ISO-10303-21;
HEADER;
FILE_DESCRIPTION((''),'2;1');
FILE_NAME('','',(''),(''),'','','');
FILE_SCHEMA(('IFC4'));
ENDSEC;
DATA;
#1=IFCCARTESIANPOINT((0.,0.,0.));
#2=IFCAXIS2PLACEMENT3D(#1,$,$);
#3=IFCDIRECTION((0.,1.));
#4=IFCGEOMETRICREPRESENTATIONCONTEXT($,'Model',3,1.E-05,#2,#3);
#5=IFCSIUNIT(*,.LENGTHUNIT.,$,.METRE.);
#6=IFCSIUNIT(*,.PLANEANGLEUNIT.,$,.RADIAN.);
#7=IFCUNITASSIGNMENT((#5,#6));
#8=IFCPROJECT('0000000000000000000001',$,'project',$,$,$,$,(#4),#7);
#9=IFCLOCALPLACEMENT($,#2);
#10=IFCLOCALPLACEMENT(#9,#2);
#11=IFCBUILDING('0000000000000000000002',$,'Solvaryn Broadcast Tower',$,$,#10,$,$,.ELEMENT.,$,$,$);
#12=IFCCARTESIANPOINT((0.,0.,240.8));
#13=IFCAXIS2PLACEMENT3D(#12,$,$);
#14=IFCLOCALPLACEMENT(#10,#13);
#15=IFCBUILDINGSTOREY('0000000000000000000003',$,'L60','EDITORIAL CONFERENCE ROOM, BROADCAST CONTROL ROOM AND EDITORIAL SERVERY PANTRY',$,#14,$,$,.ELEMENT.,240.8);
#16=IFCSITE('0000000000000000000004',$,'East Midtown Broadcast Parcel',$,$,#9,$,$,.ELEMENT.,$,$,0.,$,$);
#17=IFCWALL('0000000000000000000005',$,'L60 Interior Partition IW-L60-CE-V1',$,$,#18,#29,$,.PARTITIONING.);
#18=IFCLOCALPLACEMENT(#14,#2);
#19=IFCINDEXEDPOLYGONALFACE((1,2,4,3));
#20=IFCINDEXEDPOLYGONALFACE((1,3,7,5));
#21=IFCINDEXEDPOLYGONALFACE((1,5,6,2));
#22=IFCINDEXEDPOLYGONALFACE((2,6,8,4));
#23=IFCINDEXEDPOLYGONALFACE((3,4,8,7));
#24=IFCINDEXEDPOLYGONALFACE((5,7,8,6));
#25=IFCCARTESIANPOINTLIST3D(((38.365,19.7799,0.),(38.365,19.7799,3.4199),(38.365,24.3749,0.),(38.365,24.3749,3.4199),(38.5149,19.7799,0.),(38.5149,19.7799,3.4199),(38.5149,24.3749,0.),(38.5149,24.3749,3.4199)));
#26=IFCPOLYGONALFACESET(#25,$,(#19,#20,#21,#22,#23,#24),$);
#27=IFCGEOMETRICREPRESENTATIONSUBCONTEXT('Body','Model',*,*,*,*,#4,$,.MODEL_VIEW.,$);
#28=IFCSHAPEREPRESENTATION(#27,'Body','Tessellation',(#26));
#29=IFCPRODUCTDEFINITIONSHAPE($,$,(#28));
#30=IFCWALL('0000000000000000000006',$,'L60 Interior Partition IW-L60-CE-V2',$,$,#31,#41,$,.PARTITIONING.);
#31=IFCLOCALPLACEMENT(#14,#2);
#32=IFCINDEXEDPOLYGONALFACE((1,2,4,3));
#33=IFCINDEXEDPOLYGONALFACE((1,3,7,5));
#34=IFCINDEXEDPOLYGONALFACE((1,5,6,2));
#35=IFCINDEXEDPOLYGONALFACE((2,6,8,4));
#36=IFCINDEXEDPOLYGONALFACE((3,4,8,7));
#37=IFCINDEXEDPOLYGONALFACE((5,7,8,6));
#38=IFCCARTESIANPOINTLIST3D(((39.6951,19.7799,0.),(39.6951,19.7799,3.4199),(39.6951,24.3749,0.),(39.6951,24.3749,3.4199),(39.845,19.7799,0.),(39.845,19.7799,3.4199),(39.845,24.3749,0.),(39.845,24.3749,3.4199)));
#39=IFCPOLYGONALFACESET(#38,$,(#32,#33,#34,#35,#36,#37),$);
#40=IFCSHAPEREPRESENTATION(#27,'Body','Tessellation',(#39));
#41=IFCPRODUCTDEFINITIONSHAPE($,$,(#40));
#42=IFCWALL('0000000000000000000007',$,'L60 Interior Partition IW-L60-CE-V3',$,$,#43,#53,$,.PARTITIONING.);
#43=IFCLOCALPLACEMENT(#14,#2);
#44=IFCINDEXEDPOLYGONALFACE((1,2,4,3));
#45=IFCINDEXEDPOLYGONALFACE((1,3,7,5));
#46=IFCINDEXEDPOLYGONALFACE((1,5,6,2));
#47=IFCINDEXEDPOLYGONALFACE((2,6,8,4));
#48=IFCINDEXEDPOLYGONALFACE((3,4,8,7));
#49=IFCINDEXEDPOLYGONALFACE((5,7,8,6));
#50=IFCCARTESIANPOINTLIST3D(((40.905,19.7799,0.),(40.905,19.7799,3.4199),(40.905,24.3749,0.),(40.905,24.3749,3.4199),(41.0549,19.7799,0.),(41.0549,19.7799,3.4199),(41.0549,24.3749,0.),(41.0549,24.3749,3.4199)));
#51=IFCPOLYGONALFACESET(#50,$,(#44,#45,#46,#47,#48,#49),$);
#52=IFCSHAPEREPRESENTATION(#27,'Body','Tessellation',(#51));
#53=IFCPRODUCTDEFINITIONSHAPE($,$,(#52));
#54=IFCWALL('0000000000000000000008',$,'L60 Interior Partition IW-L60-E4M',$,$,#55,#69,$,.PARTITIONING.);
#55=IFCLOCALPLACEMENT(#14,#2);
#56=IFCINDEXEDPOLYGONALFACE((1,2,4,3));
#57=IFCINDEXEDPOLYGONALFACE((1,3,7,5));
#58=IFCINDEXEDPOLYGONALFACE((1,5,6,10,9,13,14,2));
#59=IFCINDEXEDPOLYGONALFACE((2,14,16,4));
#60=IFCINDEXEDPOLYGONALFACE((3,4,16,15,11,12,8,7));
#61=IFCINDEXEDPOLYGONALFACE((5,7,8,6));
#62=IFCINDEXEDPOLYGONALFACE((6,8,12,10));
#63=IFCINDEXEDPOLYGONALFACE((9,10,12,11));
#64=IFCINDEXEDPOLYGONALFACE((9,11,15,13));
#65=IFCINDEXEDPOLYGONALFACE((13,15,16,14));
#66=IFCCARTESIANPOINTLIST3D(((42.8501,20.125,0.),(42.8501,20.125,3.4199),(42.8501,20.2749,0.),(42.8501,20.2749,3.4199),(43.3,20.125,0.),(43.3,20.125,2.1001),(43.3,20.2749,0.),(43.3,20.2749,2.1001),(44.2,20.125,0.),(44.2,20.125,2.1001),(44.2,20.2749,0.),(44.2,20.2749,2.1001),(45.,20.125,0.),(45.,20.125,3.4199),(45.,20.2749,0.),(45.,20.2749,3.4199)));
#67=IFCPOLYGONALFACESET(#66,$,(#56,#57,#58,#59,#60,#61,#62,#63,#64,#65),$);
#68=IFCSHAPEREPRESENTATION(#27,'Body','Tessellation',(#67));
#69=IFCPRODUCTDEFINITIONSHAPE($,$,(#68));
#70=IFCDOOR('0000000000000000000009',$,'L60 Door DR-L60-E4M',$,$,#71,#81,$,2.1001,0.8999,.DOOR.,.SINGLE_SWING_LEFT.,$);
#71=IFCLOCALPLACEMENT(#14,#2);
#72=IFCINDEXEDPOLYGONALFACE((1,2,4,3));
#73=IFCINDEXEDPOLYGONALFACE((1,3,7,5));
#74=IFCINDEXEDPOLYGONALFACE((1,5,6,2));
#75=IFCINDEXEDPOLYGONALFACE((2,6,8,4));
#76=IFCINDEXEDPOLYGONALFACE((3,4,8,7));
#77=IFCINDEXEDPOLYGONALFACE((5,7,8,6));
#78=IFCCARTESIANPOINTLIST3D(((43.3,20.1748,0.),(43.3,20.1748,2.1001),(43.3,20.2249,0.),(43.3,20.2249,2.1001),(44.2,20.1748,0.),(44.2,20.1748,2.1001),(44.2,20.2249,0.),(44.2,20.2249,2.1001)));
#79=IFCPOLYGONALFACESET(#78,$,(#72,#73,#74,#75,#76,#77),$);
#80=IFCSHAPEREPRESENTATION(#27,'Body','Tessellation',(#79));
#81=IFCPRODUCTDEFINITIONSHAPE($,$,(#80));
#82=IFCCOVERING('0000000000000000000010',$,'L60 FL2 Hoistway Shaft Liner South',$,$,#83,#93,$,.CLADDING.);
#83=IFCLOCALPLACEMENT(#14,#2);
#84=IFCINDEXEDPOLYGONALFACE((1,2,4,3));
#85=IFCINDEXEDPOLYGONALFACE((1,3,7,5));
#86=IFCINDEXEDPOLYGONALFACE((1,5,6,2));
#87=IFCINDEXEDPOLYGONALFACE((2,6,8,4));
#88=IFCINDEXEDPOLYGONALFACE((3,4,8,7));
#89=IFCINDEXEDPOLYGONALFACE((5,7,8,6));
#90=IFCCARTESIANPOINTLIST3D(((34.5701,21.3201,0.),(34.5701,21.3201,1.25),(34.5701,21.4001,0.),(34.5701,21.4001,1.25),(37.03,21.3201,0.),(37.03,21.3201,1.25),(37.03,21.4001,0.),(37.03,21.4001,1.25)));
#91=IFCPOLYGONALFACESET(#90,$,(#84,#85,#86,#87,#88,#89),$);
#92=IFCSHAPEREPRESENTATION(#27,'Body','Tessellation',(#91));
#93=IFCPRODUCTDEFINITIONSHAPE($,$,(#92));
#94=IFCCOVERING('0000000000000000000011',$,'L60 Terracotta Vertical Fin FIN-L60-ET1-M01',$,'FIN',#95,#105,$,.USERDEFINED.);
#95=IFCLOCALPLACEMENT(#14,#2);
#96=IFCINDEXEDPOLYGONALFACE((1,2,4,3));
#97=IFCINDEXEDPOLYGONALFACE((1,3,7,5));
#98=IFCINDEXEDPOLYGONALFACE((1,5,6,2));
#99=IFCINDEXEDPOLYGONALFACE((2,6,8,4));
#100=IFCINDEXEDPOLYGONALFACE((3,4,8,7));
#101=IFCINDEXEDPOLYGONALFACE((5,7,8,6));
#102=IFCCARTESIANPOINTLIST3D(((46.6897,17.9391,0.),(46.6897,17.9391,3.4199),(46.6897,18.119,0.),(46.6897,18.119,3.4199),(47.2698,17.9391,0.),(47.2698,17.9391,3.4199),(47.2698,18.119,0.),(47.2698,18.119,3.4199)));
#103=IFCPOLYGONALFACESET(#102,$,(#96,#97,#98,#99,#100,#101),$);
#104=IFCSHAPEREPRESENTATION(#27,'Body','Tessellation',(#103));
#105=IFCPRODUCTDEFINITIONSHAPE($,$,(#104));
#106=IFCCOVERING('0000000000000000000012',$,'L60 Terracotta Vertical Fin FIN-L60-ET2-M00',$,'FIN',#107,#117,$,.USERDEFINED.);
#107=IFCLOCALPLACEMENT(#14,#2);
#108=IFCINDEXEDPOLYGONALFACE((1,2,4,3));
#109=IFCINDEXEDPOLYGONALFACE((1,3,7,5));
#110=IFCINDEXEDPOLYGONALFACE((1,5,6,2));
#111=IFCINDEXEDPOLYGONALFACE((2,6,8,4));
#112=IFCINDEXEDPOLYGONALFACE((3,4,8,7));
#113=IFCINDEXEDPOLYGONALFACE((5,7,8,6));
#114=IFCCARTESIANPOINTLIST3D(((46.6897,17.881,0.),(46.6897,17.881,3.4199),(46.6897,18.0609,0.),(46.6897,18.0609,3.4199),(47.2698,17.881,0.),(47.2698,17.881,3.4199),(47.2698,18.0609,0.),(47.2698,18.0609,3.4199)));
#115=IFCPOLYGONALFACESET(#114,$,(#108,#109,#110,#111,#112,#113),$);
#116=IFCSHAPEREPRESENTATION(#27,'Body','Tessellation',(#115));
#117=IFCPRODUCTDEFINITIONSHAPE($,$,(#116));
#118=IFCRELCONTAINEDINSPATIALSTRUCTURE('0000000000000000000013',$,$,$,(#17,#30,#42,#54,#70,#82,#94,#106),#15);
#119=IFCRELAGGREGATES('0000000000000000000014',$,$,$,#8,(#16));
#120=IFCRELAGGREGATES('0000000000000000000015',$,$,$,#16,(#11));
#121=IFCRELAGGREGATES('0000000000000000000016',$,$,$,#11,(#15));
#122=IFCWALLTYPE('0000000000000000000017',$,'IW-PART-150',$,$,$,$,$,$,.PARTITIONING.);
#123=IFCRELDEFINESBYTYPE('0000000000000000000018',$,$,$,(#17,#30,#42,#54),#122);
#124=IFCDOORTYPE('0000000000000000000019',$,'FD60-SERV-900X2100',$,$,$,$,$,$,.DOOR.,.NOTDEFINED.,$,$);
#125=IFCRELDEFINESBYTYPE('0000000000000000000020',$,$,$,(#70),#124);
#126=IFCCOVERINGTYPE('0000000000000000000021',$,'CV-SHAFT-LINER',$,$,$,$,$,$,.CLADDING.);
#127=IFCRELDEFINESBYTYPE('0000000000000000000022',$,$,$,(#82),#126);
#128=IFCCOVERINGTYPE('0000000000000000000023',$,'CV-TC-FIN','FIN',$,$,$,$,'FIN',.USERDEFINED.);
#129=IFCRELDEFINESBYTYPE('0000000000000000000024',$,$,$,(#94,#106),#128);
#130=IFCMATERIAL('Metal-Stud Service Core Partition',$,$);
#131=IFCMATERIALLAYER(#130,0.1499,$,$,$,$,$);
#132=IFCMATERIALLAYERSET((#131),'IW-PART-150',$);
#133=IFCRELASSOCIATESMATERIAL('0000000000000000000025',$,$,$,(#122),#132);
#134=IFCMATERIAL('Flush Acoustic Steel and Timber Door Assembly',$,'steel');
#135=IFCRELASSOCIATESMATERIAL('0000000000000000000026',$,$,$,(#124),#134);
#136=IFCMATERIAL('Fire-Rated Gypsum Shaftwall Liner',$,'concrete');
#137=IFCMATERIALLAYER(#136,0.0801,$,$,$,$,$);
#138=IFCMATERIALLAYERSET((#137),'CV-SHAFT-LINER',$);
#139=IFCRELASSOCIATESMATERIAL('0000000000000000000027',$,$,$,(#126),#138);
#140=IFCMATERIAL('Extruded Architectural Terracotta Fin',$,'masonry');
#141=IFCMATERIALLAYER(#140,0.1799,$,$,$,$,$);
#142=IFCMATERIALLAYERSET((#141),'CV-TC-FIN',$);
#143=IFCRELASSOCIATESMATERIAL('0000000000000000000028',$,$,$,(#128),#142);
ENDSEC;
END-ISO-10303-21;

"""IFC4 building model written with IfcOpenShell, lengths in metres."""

from ifc_helpers import new_model, si_unit, direction, frame, frame_2d, origin, origin_2d, place, context, subcontext, project, spatial, rectangle, extrude, material, layer, layer_set, type_object, element, fill, save


model = new_model("IFC4")

# Units and contexts
model_context = context("Model", 3, precision=1e-05, world=origin(), true_north=direction((0.0, 1.0)))
body_context = subcontext(model_context, "Body", "Model", "MODEL_VIEW")
ifc_project = project(units=[si_unit("LENGTHUNIT", "METRE"), si_unit("PLANEANGLEUNIT", "RADIAN")], contexts=[model_context])

# Site, building, storey
site_placement = place(None, origin())
site = spatial("IfcSite", under=ifc_project, at=site_placement, Name="East Midtown Broadcast Parcel", CompositionType="ELEMENT", RefElevation=0.0)
building_placement = place(site_placement, origin())
building = spatial("IfcBuilding", under=site, at=building_placement, Name="Solvaryn Broadcast Tower", CompositionType="ELEMENT")
storey_placement = place(building_placement, frame((0.0, 0.0, 240.8)))
storey = spatial("IfcBuildingStorey", under=building, at=storey_placement, Name="L60", Description="EDITORIAL CONFERENCE ROOM, BROADCAST CONTROL ROOM AND EDITORIAL SERVERY PANTRY", CompositionType="ELEMENT", Elevation=240.8)

# Walls
ifc_material_1 = material(Name="Metal-Stud Service Core Partition")
ifc_layer_1 = layer(ifc_material_1, 0.1499)
ifc_layer_set_1 = layer_set([ifc_layer_1], Name="IW-PART-150")
wall_type_1 = type_object("IfcWallType", Name="IW-PART-150", PredefinedType="PARTITIONING", material=ifc_layer_set_1)
for number, where, z_axis, x_axis, name in (
    (1, (38.4399, 19.78, 0.0), (0.0, 0.0, 1.0), (0.0, 1.0, 0.0), "L60 Interior Partition IW-L60-CE-V1"),
    (2, (39.77, 19.78, 0.0), (0.0, 0.0, 1.0), (0.0, 1.0, 0.0), "L60 Interior Partition IW-L60-CE-V2"),
    (3, (40.98, 19.78, 0.0), (0.0, 0.0, 1.0), (0.0, 1.0, 0.0), "L60 Interior Partition IW-L60-CE-V3"),
):
    element("IfcWall", number, at=place(storey_placement, frame(where, z_axis=z_axis, x_axis=x_axis)), inside=storey, type_object=wall_type_1, Name=name, PredefinedType="PARTITIONING", context=body_context, shape_type="SweptSolid", body=[
        extrude(rectangle(XDim=4.595, YDim=0.1499, at=frame_2d((2.2974, 0.0))), origin(), (0.0, 0.0, 1.0), 3.4199),
    ])

# Wall, opening, door
wall_1_placement = place(storey_placement, frame((42.8501, 20.2, 0.0), z_axis=(0.0, 0.0, 1.0), x_axis=(1.0, 0.0, 0.0)))
wall_1 = element("IfcWall", 4, at=wall_1_placement, inside=storey, type_object=wall_type_1, Name="L60 Interior Partition IW-L60-E4M", PredefinedType="PARTITIONING", context=body_context, shape_type="SweptSolid", body=[
    extrude(rectangle(XDim=2.1499, YDim=0.1499, at=frame_2d((1.075, 0.0))), origin(), (0.0, 0.0, 1.0), 3.4199),
])
opening_1_placement = place(wall_1_placement, frame((0.45, 0.0, 0.0)))
opening_1 = element("IfcOpeningElement", 5, at=opening_1_placement, cuts=wall_1, PredefinedType="OPENING", context=body_context, shape_type="SweptSolid", body=[
    extrude(rectangle(XDim=0.8999, YDim=2.1001, at=frame_2d((0.45, 1.05))), frame((0.0, 0.085, 0.0), z_axis=(0.0, -1.0, 0.0), x_axis=(1.0, 0.0, 0.0)), (0.0, 0.0, 1.0), 0.1699),
])
ifc_material_2 = material(Name="Flush Acoustic Steel and Timber Door Assembly", Category="steel")
door_type_1 = type_object("IfcDoorType", Name="FD60-SERV-900X2100", OperationType="NOTDEFINED", PredefinedType="DOOR", material=ifc_material_2)
door_1_placement = place(opening_1_placement, origin())
door_1 = element("IfcDoor", 6, at=door_1_placement, inside=storey, type_object=door_type_1, Name="L60 Door DR-L60-E4M", OperationType="SINGLE_SWING_LEFT", OverallHeight=2.1001, OverallWidth=0.8999, PredefinedType="DOOR", context=body_context, shape_type="SweptSolid", body=[
    extrude(rectangle(XDim=0.8999, YDim=2.1001, at=frame_2d((0.45, 1.05))), frame((0.0, 0.0249, 0.0), z_axis=(0.0, -1.0, 0.0), x_axis=(1.0, 0.0, 0.0)), (0.0, 0.0, 1.0), 0.05),
])
fill(opening_1, door_1)

# Coverings
ifc_material_3 = material(Name="Fire-Rated Gypsum Shaftwall Liner", Category="concrete")
ifc_layer_2 = layer(ifc_material_3, 0.0801)
ifc_layer_set_2 = layer_set([ifc_layer_2], Name="CV-SHAFT-LINER")
covering_type_1 = type_object("IfcCoveringType", Name="CV-SHAFT-LINER", PredefinedType="CLADDING", material=ifc_layer_set_2)
covering_placement = place(storey_placement, frame((35.8, 21.3601, 0.0), z_axis=(0.0, 0.0, 1.0), x_axis=(1.0, 0.0, 0.0)))
element("IfcCovering", 7, at=covering_placement, inside=storey, type_object=covering_type_1, Name="L60 FL2 Hoistway Shaft Liner South", PredefinedType="CLADDING", context=body_context, shape_type="SweptSolid", body=[
    extrude(rectangle(XDim=2.46, YDim=0.0801, at=origin_2d()), origin(), (0.0, 0.0, 1.0), 1.25),
])
ifc_material_4 = material(Name="Extruded Architectural Terracotta Fin", Category="masonry")
ifc_layer_3 = layer(ifc_material_4, 0.1799)
ifc_layer_set_3 = layer_set([ifc_layer_3], Name="CV-TC-FIN")
covering_type_2 = type_object("IfcCoveringType", Name="CV-TC-FIN", Description="FIN", ElementType="FIN", PredefinedType="USERDEFINED", material=ifc_layer_set_3)
for number, where, z_axis, x_axis, name in (
    (8, (46.9797, 18.0291, 0.0), (0.0, 0.0, 1.0), (1.0, 0.0, 0.0), "L60 Terracotta Vertical Fin FIN-L60-ET1-M01"),
    (9, (46.9797, 17.9709, 0.0), (0.0, 0.0, 1.0), (1.0, 0.0, 0.0), "L60 Terracotta Vertical Fin FIN-L60-ET2-M00"),
):
    element("IfcCovering", number, at=place(storey_placement, frame(where, z_axis=z_axis, x_axis=x_axis)), inside=storey, type_object=covering_type_2, Name=name, ObjectType="FIN", PredefinedType="USERDEFINED", context=body_context, shape_type="SweptSolid", body=[
        extrude(rectangle(XDim=0.5801, YDim=0.1799, at=origin_2d()), origin(), (0.0, 0.0, 1.0), 3.4199),
    ])

save(model, "model.ifc")
